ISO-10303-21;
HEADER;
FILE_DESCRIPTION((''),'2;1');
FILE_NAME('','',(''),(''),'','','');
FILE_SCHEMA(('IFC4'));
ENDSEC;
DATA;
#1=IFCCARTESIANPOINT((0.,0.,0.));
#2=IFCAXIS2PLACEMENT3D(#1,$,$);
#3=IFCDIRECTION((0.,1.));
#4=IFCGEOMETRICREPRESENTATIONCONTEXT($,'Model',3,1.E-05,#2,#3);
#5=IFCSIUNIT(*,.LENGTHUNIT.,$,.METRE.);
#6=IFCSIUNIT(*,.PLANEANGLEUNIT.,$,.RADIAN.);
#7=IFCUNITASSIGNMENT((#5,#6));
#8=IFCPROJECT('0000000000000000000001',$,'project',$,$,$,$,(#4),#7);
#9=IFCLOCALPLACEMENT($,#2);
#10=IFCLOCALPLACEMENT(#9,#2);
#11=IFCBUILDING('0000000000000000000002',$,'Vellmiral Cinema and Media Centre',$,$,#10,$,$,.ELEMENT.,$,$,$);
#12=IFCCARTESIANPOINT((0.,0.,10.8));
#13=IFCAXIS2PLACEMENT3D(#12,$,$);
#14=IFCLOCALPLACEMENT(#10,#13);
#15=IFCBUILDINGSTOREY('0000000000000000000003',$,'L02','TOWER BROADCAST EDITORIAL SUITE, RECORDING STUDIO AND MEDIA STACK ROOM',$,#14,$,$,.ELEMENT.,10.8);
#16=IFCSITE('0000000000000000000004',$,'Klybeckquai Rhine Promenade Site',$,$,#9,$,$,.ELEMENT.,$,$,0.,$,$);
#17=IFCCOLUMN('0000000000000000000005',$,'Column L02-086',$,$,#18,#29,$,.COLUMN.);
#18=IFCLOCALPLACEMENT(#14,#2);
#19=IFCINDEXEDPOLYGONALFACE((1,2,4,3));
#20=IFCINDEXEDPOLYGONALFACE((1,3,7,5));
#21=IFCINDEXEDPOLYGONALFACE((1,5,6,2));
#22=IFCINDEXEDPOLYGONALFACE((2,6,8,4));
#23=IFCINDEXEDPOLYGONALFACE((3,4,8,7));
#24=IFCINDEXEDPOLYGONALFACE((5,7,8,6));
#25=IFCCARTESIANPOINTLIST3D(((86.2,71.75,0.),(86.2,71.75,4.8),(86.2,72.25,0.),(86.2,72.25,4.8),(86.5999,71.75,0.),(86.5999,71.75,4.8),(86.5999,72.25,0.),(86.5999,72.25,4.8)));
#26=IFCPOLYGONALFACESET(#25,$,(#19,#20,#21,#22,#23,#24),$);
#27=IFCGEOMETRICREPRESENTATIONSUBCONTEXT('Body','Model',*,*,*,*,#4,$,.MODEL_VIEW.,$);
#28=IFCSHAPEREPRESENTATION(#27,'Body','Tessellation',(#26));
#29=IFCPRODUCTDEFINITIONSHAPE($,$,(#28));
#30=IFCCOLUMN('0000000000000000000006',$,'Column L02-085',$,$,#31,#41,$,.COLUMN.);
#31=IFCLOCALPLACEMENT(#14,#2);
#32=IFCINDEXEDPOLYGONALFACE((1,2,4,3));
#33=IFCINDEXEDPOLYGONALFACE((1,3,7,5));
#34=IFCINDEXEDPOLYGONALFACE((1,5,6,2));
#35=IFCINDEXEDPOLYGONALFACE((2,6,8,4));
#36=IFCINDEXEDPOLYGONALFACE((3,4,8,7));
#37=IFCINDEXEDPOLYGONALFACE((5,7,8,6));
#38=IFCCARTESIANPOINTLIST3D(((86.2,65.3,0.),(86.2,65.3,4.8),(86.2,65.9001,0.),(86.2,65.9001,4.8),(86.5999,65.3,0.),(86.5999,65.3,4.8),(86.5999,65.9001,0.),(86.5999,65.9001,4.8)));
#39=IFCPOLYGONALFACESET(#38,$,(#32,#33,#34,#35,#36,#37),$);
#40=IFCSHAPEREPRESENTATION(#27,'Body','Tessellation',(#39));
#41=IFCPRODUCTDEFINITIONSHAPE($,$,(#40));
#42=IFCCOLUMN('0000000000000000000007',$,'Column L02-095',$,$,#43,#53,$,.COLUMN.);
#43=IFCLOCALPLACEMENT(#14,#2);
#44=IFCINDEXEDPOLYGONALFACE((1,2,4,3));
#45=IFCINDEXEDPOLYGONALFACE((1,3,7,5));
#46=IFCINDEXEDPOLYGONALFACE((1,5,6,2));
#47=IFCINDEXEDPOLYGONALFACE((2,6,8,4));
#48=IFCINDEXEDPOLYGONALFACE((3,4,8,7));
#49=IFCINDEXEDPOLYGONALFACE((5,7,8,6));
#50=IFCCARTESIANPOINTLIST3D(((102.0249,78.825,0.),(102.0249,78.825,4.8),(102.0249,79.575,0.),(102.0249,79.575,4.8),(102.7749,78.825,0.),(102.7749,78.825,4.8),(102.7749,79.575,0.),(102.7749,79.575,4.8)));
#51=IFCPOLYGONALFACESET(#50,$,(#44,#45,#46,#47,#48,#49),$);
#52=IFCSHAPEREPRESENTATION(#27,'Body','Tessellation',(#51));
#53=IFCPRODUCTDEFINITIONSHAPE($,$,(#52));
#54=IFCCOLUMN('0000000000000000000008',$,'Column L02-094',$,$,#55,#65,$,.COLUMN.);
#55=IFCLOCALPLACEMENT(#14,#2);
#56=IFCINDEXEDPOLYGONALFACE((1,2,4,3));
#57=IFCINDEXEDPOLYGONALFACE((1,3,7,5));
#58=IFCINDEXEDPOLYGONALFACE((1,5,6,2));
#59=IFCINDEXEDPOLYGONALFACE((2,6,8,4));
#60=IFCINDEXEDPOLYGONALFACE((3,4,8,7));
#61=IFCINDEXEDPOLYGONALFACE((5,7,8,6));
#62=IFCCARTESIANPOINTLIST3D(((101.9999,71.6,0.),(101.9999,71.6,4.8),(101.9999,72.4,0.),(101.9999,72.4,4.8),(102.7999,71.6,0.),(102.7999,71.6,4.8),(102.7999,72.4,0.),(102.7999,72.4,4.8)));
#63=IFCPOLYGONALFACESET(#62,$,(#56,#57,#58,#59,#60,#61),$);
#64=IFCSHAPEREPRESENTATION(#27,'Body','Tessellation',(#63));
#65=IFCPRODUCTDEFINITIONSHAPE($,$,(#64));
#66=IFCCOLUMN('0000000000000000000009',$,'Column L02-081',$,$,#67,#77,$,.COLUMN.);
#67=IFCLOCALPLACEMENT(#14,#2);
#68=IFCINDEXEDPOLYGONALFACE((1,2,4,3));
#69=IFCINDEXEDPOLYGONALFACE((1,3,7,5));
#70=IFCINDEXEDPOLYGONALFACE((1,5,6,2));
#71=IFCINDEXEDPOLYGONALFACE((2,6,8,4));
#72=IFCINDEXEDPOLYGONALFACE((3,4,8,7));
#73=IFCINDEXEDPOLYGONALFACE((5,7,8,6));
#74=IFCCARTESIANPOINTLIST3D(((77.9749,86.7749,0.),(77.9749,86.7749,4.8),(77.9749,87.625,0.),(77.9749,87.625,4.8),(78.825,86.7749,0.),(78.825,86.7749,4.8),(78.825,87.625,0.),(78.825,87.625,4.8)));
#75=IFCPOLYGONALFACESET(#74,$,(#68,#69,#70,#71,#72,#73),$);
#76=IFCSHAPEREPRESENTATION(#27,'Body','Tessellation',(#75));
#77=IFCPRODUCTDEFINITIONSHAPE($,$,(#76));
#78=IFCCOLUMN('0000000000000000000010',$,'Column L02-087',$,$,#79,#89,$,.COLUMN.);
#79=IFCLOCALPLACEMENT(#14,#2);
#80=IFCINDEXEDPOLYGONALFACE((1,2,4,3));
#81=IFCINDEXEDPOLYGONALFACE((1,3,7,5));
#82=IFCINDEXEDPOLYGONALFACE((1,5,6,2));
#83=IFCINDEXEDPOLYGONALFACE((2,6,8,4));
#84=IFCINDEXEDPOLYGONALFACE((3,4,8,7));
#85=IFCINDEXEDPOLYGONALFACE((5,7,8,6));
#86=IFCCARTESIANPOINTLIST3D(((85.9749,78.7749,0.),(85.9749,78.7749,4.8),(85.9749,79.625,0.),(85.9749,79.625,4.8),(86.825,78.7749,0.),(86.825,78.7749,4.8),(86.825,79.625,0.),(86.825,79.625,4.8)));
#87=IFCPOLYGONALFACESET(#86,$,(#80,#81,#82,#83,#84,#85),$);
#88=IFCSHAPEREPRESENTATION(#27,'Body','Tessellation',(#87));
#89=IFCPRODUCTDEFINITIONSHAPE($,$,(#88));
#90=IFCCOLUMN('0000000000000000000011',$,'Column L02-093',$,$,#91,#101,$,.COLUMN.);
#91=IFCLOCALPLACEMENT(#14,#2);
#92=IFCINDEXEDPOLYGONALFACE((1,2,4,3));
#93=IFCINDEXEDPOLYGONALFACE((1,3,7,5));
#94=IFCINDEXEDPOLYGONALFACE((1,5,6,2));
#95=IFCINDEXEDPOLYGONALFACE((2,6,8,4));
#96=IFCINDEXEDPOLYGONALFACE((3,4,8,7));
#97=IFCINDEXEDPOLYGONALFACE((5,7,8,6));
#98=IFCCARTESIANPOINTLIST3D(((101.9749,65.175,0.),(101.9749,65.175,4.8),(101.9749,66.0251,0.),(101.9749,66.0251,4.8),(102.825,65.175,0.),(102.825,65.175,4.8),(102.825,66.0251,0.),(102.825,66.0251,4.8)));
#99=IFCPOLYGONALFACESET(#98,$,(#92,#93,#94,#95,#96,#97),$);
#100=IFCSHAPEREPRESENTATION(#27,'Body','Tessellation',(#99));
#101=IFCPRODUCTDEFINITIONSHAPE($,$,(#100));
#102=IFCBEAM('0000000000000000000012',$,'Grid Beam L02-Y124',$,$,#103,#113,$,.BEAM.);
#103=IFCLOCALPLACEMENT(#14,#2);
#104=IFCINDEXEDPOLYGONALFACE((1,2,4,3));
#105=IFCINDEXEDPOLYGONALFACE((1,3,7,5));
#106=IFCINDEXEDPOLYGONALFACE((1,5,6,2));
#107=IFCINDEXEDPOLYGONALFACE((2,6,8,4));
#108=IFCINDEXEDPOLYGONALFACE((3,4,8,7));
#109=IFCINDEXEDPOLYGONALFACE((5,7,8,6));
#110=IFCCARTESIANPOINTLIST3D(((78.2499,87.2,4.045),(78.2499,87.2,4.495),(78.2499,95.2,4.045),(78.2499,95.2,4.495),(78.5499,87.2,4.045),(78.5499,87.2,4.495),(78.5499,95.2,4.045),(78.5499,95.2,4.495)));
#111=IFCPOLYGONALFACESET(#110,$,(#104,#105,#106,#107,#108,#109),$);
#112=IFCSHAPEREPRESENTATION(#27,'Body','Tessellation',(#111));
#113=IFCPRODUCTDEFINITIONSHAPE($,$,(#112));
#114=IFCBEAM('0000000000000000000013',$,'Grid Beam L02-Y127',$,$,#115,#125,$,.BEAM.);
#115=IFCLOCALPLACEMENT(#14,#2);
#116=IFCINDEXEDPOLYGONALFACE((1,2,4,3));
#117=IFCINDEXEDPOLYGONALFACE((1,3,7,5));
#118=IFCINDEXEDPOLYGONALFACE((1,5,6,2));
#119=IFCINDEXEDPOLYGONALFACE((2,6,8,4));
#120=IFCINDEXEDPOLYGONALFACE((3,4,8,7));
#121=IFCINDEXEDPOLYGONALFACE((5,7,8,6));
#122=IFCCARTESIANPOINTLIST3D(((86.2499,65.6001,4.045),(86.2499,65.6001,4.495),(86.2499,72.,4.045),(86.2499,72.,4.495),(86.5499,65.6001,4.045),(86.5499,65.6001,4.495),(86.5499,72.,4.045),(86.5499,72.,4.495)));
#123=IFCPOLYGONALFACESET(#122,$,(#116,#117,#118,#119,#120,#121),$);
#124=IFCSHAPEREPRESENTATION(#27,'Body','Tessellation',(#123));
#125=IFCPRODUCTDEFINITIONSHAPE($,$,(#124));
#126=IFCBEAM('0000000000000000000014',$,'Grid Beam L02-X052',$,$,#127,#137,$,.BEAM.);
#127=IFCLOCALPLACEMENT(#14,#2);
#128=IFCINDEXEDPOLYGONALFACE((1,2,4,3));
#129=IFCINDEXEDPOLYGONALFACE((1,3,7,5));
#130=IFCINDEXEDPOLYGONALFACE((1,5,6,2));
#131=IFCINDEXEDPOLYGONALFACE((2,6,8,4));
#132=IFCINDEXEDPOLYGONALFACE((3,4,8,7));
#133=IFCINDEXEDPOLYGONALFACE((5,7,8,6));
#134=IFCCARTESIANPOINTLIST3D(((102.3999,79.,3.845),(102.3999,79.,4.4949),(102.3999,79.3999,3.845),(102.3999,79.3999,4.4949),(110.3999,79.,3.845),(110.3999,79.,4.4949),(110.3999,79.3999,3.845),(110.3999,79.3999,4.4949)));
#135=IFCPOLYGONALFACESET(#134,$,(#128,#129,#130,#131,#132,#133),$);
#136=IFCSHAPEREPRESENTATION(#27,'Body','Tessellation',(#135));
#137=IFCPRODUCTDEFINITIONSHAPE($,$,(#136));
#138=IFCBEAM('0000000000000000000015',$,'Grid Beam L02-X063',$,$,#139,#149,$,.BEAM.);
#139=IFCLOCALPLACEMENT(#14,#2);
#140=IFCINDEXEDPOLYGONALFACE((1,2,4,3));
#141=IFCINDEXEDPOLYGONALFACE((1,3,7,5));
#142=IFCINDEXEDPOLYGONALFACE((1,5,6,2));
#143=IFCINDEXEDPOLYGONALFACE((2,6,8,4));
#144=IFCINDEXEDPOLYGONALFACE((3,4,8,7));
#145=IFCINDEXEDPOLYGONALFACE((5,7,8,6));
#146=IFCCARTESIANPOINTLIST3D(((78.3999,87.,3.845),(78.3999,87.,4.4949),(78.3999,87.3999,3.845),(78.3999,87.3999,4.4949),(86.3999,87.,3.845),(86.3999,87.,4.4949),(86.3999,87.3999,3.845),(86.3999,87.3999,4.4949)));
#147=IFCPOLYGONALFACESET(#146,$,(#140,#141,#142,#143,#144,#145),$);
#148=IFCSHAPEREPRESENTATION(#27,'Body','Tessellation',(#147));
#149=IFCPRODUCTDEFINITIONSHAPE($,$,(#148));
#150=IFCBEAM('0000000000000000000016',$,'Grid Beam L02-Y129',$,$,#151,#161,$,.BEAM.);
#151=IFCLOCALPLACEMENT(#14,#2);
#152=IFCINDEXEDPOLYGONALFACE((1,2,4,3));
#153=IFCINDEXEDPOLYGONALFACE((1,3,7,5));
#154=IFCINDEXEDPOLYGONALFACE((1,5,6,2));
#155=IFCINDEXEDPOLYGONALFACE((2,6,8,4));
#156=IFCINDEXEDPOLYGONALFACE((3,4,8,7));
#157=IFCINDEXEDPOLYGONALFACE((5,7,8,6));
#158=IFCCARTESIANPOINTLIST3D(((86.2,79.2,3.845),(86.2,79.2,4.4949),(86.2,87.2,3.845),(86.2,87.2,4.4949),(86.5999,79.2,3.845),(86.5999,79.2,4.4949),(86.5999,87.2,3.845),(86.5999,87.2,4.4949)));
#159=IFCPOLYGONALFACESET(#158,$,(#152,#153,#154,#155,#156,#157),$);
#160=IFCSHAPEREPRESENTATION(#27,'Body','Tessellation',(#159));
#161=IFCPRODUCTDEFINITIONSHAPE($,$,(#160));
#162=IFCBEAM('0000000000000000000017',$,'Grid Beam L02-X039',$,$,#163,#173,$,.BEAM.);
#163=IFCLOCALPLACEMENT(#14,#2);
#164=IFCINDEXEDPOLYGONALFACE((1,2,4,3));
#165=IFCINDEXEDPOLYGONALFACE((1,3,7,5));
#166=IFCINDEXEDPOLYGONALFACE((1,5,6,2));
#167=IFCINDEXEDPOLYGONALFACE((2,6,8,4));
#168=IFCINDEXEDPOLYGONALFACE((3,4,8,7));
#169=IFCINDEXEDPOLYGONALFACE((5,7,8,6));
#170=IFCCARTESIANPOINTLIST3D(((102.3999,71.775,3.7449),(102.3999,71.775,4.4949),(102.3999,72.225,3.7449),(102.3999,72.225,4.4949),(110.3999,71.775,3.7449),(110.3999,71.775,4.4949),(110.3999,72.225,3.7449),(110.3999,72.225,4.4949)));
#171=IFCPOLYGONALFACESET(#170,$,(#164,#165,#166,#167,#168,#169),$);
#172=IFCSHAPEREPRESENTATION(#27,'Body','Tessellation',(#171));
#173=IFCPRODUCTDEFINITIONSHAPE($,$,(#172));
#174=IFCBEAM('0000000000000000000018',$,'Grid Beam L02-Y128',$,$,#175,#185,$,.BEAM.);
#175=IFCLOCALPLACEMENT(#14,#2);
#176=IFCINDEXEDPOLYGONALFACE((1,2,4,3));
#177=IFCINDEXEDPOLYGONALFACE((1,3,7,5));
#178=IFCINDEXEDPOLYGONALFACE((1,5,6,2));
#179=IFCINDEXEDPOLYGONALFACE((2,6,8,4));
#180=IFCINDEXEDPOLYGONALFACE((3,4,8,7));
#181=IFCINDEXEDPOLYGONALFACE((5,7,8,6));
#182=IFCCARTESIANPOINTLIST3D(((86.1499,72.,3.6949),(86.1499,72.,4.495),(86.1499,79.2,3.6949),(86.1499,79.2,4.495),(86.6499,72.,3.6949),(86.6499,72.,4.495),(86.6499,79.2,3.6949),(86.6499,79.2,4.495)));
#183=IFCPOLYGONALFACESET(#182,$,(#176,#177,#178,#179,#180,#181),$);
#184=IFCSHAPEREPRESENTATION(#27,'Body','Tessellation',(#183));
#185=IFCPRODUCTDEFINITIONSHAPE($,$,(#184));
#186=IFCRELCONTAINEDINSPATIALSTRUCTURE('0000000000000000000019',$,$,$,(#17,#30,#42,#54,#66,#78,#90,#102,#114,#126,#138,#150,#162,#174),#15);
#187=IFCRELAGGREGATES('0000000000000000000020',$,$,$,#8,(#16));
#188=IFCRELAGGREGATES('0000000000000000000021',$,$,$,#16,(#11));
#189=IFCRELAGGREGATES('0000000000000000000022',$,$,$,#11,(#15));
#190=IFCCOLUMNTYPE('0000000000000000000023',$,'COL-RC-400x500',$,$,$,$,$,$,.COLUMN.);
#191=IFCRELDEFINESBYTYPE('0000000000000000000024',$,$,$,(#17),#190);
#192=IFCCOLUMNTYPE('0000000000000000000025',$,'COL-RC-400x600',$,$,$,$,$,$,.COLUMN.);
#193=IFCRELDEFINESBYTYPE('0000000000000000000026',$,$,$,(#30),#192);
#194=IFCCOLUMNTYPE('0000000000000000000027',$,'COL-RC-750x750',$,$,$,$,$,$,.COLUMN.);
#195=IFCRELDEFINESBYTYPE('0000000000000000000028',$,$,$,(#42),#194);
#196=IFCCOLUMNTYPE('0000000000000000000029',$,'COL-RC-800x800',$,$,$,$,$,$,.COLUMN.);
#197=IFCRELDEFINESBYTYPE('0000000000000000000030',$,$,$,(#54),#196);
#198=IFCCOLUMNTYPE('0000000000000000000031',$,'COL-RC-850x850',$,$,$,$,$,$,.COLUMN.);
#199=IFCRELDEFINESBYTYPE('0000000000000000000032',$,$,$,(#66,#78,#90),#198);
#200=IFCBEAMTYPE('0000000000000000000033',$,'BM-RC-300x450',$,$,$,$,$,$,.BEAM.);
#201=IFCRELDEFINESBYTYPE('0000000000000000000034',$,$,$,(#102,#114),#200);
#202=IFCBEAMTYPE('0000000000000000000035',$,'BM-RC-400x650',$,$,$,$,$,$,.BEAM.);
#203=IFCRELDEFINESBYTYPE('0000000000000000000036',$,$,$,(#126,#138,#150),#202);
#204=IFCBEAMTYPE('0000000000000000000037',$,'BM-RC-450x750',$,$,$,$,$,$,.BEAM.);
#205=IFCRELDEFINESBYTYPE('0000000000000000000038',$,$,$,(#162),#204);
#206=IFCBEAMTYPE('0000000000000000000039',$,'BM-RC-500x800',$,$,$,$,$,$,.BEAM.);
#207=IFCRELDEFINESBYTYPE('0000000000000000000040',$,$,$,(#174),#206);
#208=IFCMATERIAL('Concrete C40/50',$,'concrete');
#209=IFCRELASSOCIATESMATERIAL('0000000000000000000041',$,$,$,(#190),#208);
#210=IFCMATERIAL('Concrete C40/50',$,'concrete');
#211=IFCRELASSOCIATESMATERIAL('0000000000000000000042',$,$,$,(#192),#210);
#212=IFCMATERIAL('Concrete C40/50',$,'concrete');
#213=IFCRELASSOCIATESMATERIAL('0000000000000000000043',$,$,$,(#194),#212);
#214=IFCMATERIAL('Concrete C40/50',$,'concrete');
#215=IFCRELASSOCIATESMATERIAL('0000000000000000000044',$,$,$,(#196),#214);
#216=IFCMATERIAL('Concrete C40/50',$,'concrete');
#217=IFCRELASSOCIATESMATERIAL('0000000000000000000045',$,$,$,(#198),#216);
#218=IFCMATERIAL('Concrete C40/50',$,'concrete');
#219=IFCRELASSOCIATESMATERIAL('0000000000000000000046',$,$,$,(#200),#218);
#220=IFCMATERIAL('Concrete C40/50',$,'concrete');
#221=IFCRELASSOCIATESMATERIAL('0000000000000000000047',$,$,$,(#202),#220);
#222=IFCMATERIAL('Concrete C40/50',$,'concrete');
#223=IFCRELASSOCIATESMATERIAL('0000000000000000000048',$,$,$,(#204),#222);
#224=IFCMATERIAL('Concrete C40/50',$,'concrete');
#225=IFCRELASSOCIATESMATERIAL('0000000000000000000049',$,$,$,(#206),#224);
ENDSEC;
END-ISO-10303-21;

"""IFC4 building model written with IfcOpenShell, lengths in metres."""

from ifc_helpers import new_model, si_unit, direction, frame, origin, origin_2d, place, context, subcontext, project, spatial, rectangle, extrude, material, material_profile, profile_set, type_object, element, save


model = new_model("IFC4")

# Units and contexts
model_context = context("Model", 3, precision=1e-05, world=origin(), true_north=direction((0.0, 1.0)))
body_context = subcontext(model_context, "Body", "Model", "MODEL_VIEW")
ifc_project = project(units=[si_unit("LENGTHUNIT", "METRE"), si_unit("PLANEANGLEUNIT", "RADIAN")], contexts=[model_context])

# Site, building, storey
site_placement = place(None, origin())
site = spatial("IfcSite", under=ifc_project, at=site_placement, Name="Klybeckquai Rhine Promenade Site", CompositionType="ELEMENT", RefElevation=0.0)
building_placement = place(site_placement, origin())
building = spatial("IfcBuilding", under=site, at=building_placement, Name="Vellmiral Cinema and Media Centre", CompositionType="ELEMENT")
storey_placement = place(building_placement, frame((0.0, 0.0, 10.8)))
storey = spatial("IfcBuildingStorey", under=building, at=storey_placement, Name="L02", Description="TOWER BROADCAST EDITORIAL SUITE, RECORDING STUDIO AND MEDIA STACK ROOM", CompositionType="ELEMENT", Elevation=10.8)

# Columns
ifc_material_1 = material(Name="Concrete C40/50", Category="concrete")
ifc_material_profile_1 = material_profile(ifc_material_1, rectangle(XDim=0.3999, YDim=0.5, at=origin_2d()), Name="RC 400x500")
ifc_profile_set_1 = profile_set([ifc_material_profile_1], Name="Concrete C40/50")
column_type_1 = type_object("IfcColumnType", Name="COL-RC-400x500", PredefinedType="COLUMN", material=ifc_profile_set_1)
column_1_placement = place(storey_placement, frame((86.3999, 72.0, 0.0), z_axis=(0.0, 0.0, 1.0), x_axis=(1.0, 0.0, 0.0)))
element("IfcColumn", 1, at=column_1_placement, inside=storey, type_object=column_type_1, Name="Column L02-086", PredefinedType="COLUMN", context=body_context, shape_type="SweptSolid", body=[
    extrude(rectangle(XDim=0.3999, YDim=0.5, at=origin_2d()), origin(), (0.0, 0.0, 1.0), 4.8),
])
ifc_material_2 = material(Name="Concrete C40/50", Category="concrete")
ifc_material_profile_2 = material_profile(ifc_material_2, rectangle(XDim=0.3999, YDim=0.6001, at=origin_2d()), Name="RC 400x600")
ifc_profile_set_2 = profile_set([ifc_material_profile_2], Name="Concrete C40/50")
column_type_2 = type_object("IfcColumnType", Name="COL-RC-400x600", PredefinedType="COLUMN", material=ifc_profile_set_2)
column_2_placement = place(storey_placement, frame((86.3999, 65.6001, 0.0), z_axis=(0.0, 0.0, 1.0), x_axis=(1.0, 0.0, 0.0)))
element("IfcColumn", 2, at=column_2_placement, inside=storey, type_object=column_type_2, Name="Column L02-085", PredefinedType="COLUMN", context=body_context, shape_type="SweptSolid", body=[
    extrude(rectangle(XDim=0.3999, YDim=0.6001, at=origin_2d()), origin(), (0.0, 0.0, 1.0), 4.8),
])
ifc_material_3 = material(Name="Concrete C40/50", Category="concrete")
ifc_material_profile_3 = material_profile(ifc_material_3, rectangle(XDim=0.75, YDim=0.75, at=origin_2d()), Name="RC 750x750")
ifc_profile_set_3 = profile_set([ifc_material_profile_3], Name="Concrete C40/50")
column_type_3 = type_object("IfcColumnType", Name="COL-RC-750x750", PredefinedType="COLUMN", material=ifc_profile_set_3)
column_3_placement = place(storey_placement, frame((102.3999, 79.2, 0.0), z_axis=(0.0, 0.0, 1.0), x_axis=(1.0, 0.0, 0.0)))
element("IfcColumn", 3, at=column_3_placement, inside=storey, type_object=column_type_3, Name="Column L02-095", PredefinedType="COLUMN", context=body_context, shape_type="SweptSolid", body=[
    extrude(rectangle(XDim=0.75, YDim=0.75, at=origin_2d()), origin(), (0.0, 0.0, 1.0), 4.8),
])
ifc_material_4 = material(Name="Concrete C40/50", Category="concrete")
ifc_material_profile_4 = material_profile(ifc_material_4, rectangle(XDim=0.8, YDim=0.8, at=origin_2d()), Name="RC 800x800")
ifc_profile_set_4 = profile_set([ifc_material_profile_4], Name="Concrete C40/50")
column_type_4 = type_object("IfcColumnType", Name="COL-RC-800x800", PredefinedType="COLUMN", material=ifc_profile_set_4)
column_4_placement = place(storey_placement, frame((102.3999, 72.0, 0.0), z_axis=(0.0, 0.0, 1.0), x_axis=(1.0, 0.0, 0.0)))
element("IfcColumn", 4, at=column_4_placement, inside=storey, type_object=column_type_4, Name="Column L02-094", PredefinedType="COLUMN", context=body_context, shape_type="SweptSolid", body=[
    extrude(rectangle(XDim=0.8, YDim=0.8, at=origin_2d()), origin(), (0.0, 0.0, 1.0), 4.8),
])
ifc_material_5 = material(Name="Concrete C40/50", Category="concrete")
ifc_material_profile_5 = material_profile(ifc_material_5, rectangle(XDim=0.8501, YDim=0.8501, at=origin_2d()), Name="RC 850x850")
ifc_profile_set_5 = profile_set([ifc_material_profile_5], Name="Concrete C40/50")
column_type_5 = type_object("IfcColumnType", Name="COL-RC-850x850", PredefinedType="COLUMN", material=ifc_profile_set_5)
for number, where, z_axis, x_axis, name in (
    (5, (78.3999, 87.2, 0.0), (0.0, 0.0, 1.0), (1.0, 0.0, 0.0), "Column L02-081"),
    (6, (86.3999, 79.2, 0.0), (0.0, 0.0, 1.0), (1.0, 0.0, 0.0), "Column L02-087"),
    (7, (102.3999, 65.6001, 0.0), (0.0, 0.0, 1.0), (1.0, 0.0, 0.0), "Column L02-093"),
):
    element("IfcColumn", number, at=place(storey_placement, frame(where, z_axis=z_axis, x_axis=x_axis)), inside=storey, type_object=column_type_5, Name=name, PredefinedType="COLUMN", context=body_context, shape_type="SweptSolid", body=[
        extrude(rectangle(XDim=0.8501, YDim=0.8501, at=origin_2d()), origin(), (0.0, 0.0, 1.0), 4.8),
    ])

# Beams
ifc_material_6 = material(Name="Concrete C40/50", Category="concrete")
ifc_material_profile_6 = material_profile(ifc_material_6, rectangle(XDim=0.3, YDim=0.45, at=origin_2d()), Name="RC 300x450")
ifc_profile_set_6 = profile_set([ifc_material_profile_6], Name="Concrete C40/50")
beam_type_1 = type_object("IfcBeamType", Name="BM-RC-300x450", PredefinedType="BEAM", material=ifc_profile_set_6)
beam_1_placement = place(storey_placement, frame((78.3999, 87.2, 4.27), z_axis=(0.0, 1.0, 0.0), x_axis=(-1.0, 0.0, 0.0)))
element("IfcBeam", 8, at=beam_1_placement, inside=storey, type_object=beam_type_1, Name="Grid Beam L02-Y124", PredefinedType="BEAM", context=body_context, shape_type="SweptSolid", body=[
    extrude(rectangle(XDim=0.3, YDim=0.45, at=origin_2d()), origin(), (0.0, 0.0, 1.0), 8.0),
])
beam_2_placement = place(storey_placement, frame((86.3999, 65.6001, 4.27), z_axis=(0.0, 1.0, 0.0), x_axis=(-1.0, 0.0, 0.0)))
element("IfcBeam", 9, at=beam_2_placement, inside=storey, type_object=beam_type_1, Name="Grid Beam L02-Y127", PredefinedType="BEAM", context=body_context, shape_type="SweptSolid", body=[
    extrude(rectangle(XDim=0.3, YDim=0.45, at=origin_2d()), origin(), (0.0, 0.0, 1.0), 6.3999),
])
ifc_material_7 = material(Name="Concrete C40/50", Category="concrete")
ifc_material_profile_7 = material_profile(ifc_material_7, rectangle(XDim=0.3999, YDim=0.6499, at=origin_2d()), Name="RC 400x650")
ifc_profile_set_7 = profile_set([ifc_material_profile_7], Name="Concrete C40/50")
beam_type_2 = type_object("IfcBeamType", Name="BM-RC-400x650", PredefinedType="BEAM", material=ifc_profile_set_7)
for number, where, z_axis, x_axis, name in (
    (10, (102.3999, 79.2, 4.1699), (1.0, 0.0, 0.0), (0.0, 1.0, 0.0), "Grid Beam L02-X052"),
    (11, (78.3999, 87.2, 4.1699), (1.0, 0.0, 0.0), (0.0, 1.0, 0.0), "Grid Beam L02-X063"),
    (12, (86.3999, 79.2, 4.1699), (0.0, 1.0, 0.0), (-1.0, 0.0, 0.0), "Grid Beam L02-Y129"),
):
    element("IfcBeam", number, at=place(storey_placement, frame(where, z_axis=z_axis, x_axis=x_axis)), inside=storey, type_object=beam_type_2, Name=name, PredefinedType="BEAM", context=body_context, shape_type="SweptSolid", body=[
        extrude(rectangle(XDim=0.3999, YDim=0.6499, at=origin_2d()), origin(), (0.0, 0.0, 1.0), 8.0),
    ])
ifc_material_8 = material(Name="Concrete C40/50", Category="concrete")
ifc_material_profile_8 = material_profile(ifc_material_8, rectangle(XDim=0.45, YDim=0.75, at=origin_2d()), Name="RC 450x750")
ifc_profile_set_8 = profile_set([ifc_material_profile_8], Name="Concrete C40/50")
beam_type_3 = type_object("IfcBeamType", Name="BM-RC-450x750", PredefinedType="BEAM", material=ifc_profile_set_8)
beam_3_placement = place(storey_placement, frame((102.3999, 72.0, 4.1199), z_axis=(1.0, 0.0, 0.0), x_axis=(0.0, 1.0, 0.0)))
element("IfcBeam", 13, at=beam_3_placement, inside=storey, type_object=beam_type_3, Name="Grid Beam L02-X039", PredefinedType="BEAM", context=body_context, shape_type="SweptSolid", body=[
    extrude(rectangle(XDim=0.45, YDim=0.75, at=origin_2d()), origin(), (0.0, 0.0, 1.0), 8.0),
])
ifc_material_9 = material(Name="Concrete C40/50", Category="concrete")
ifc_material_profile_9 = material_profile(ifc_material_9, rectangle(XDim=0.5, YDim=0.8, at=origin_2d()), Name="RC 500x800")
ifc_profile_set_9 = profile_set([ifc_material_profile_9], Name="Concrete C40/50")
beam_type_4 = type_object("IfcBeamType", Name="BM-RC-500x800", PredefinedType="BEAM", material=ifc_profile_set_9)
beam_4_placement = place(storey_placement, frame((86.3999, 72.0, 4.095), z_axis=(0.0, 1.0, 0.0), x_axis=(-1.0, 0.0, 0.0)))
element("IfcBeam", 14, at=beam_4_placement, inside=storey, type_object=beam_type_4, Name="Grid Beam L02-Y128", PredefinedType="BEAM", context=body_context, shape_type="SweptSolid", body=[
    extrude(rectangle(XDim=0.5, YDim=0.8, at=origin_2d()), origin(), (0.0, 0.0, 1.0), 7.2),
])

save(model, "model.ifc")
